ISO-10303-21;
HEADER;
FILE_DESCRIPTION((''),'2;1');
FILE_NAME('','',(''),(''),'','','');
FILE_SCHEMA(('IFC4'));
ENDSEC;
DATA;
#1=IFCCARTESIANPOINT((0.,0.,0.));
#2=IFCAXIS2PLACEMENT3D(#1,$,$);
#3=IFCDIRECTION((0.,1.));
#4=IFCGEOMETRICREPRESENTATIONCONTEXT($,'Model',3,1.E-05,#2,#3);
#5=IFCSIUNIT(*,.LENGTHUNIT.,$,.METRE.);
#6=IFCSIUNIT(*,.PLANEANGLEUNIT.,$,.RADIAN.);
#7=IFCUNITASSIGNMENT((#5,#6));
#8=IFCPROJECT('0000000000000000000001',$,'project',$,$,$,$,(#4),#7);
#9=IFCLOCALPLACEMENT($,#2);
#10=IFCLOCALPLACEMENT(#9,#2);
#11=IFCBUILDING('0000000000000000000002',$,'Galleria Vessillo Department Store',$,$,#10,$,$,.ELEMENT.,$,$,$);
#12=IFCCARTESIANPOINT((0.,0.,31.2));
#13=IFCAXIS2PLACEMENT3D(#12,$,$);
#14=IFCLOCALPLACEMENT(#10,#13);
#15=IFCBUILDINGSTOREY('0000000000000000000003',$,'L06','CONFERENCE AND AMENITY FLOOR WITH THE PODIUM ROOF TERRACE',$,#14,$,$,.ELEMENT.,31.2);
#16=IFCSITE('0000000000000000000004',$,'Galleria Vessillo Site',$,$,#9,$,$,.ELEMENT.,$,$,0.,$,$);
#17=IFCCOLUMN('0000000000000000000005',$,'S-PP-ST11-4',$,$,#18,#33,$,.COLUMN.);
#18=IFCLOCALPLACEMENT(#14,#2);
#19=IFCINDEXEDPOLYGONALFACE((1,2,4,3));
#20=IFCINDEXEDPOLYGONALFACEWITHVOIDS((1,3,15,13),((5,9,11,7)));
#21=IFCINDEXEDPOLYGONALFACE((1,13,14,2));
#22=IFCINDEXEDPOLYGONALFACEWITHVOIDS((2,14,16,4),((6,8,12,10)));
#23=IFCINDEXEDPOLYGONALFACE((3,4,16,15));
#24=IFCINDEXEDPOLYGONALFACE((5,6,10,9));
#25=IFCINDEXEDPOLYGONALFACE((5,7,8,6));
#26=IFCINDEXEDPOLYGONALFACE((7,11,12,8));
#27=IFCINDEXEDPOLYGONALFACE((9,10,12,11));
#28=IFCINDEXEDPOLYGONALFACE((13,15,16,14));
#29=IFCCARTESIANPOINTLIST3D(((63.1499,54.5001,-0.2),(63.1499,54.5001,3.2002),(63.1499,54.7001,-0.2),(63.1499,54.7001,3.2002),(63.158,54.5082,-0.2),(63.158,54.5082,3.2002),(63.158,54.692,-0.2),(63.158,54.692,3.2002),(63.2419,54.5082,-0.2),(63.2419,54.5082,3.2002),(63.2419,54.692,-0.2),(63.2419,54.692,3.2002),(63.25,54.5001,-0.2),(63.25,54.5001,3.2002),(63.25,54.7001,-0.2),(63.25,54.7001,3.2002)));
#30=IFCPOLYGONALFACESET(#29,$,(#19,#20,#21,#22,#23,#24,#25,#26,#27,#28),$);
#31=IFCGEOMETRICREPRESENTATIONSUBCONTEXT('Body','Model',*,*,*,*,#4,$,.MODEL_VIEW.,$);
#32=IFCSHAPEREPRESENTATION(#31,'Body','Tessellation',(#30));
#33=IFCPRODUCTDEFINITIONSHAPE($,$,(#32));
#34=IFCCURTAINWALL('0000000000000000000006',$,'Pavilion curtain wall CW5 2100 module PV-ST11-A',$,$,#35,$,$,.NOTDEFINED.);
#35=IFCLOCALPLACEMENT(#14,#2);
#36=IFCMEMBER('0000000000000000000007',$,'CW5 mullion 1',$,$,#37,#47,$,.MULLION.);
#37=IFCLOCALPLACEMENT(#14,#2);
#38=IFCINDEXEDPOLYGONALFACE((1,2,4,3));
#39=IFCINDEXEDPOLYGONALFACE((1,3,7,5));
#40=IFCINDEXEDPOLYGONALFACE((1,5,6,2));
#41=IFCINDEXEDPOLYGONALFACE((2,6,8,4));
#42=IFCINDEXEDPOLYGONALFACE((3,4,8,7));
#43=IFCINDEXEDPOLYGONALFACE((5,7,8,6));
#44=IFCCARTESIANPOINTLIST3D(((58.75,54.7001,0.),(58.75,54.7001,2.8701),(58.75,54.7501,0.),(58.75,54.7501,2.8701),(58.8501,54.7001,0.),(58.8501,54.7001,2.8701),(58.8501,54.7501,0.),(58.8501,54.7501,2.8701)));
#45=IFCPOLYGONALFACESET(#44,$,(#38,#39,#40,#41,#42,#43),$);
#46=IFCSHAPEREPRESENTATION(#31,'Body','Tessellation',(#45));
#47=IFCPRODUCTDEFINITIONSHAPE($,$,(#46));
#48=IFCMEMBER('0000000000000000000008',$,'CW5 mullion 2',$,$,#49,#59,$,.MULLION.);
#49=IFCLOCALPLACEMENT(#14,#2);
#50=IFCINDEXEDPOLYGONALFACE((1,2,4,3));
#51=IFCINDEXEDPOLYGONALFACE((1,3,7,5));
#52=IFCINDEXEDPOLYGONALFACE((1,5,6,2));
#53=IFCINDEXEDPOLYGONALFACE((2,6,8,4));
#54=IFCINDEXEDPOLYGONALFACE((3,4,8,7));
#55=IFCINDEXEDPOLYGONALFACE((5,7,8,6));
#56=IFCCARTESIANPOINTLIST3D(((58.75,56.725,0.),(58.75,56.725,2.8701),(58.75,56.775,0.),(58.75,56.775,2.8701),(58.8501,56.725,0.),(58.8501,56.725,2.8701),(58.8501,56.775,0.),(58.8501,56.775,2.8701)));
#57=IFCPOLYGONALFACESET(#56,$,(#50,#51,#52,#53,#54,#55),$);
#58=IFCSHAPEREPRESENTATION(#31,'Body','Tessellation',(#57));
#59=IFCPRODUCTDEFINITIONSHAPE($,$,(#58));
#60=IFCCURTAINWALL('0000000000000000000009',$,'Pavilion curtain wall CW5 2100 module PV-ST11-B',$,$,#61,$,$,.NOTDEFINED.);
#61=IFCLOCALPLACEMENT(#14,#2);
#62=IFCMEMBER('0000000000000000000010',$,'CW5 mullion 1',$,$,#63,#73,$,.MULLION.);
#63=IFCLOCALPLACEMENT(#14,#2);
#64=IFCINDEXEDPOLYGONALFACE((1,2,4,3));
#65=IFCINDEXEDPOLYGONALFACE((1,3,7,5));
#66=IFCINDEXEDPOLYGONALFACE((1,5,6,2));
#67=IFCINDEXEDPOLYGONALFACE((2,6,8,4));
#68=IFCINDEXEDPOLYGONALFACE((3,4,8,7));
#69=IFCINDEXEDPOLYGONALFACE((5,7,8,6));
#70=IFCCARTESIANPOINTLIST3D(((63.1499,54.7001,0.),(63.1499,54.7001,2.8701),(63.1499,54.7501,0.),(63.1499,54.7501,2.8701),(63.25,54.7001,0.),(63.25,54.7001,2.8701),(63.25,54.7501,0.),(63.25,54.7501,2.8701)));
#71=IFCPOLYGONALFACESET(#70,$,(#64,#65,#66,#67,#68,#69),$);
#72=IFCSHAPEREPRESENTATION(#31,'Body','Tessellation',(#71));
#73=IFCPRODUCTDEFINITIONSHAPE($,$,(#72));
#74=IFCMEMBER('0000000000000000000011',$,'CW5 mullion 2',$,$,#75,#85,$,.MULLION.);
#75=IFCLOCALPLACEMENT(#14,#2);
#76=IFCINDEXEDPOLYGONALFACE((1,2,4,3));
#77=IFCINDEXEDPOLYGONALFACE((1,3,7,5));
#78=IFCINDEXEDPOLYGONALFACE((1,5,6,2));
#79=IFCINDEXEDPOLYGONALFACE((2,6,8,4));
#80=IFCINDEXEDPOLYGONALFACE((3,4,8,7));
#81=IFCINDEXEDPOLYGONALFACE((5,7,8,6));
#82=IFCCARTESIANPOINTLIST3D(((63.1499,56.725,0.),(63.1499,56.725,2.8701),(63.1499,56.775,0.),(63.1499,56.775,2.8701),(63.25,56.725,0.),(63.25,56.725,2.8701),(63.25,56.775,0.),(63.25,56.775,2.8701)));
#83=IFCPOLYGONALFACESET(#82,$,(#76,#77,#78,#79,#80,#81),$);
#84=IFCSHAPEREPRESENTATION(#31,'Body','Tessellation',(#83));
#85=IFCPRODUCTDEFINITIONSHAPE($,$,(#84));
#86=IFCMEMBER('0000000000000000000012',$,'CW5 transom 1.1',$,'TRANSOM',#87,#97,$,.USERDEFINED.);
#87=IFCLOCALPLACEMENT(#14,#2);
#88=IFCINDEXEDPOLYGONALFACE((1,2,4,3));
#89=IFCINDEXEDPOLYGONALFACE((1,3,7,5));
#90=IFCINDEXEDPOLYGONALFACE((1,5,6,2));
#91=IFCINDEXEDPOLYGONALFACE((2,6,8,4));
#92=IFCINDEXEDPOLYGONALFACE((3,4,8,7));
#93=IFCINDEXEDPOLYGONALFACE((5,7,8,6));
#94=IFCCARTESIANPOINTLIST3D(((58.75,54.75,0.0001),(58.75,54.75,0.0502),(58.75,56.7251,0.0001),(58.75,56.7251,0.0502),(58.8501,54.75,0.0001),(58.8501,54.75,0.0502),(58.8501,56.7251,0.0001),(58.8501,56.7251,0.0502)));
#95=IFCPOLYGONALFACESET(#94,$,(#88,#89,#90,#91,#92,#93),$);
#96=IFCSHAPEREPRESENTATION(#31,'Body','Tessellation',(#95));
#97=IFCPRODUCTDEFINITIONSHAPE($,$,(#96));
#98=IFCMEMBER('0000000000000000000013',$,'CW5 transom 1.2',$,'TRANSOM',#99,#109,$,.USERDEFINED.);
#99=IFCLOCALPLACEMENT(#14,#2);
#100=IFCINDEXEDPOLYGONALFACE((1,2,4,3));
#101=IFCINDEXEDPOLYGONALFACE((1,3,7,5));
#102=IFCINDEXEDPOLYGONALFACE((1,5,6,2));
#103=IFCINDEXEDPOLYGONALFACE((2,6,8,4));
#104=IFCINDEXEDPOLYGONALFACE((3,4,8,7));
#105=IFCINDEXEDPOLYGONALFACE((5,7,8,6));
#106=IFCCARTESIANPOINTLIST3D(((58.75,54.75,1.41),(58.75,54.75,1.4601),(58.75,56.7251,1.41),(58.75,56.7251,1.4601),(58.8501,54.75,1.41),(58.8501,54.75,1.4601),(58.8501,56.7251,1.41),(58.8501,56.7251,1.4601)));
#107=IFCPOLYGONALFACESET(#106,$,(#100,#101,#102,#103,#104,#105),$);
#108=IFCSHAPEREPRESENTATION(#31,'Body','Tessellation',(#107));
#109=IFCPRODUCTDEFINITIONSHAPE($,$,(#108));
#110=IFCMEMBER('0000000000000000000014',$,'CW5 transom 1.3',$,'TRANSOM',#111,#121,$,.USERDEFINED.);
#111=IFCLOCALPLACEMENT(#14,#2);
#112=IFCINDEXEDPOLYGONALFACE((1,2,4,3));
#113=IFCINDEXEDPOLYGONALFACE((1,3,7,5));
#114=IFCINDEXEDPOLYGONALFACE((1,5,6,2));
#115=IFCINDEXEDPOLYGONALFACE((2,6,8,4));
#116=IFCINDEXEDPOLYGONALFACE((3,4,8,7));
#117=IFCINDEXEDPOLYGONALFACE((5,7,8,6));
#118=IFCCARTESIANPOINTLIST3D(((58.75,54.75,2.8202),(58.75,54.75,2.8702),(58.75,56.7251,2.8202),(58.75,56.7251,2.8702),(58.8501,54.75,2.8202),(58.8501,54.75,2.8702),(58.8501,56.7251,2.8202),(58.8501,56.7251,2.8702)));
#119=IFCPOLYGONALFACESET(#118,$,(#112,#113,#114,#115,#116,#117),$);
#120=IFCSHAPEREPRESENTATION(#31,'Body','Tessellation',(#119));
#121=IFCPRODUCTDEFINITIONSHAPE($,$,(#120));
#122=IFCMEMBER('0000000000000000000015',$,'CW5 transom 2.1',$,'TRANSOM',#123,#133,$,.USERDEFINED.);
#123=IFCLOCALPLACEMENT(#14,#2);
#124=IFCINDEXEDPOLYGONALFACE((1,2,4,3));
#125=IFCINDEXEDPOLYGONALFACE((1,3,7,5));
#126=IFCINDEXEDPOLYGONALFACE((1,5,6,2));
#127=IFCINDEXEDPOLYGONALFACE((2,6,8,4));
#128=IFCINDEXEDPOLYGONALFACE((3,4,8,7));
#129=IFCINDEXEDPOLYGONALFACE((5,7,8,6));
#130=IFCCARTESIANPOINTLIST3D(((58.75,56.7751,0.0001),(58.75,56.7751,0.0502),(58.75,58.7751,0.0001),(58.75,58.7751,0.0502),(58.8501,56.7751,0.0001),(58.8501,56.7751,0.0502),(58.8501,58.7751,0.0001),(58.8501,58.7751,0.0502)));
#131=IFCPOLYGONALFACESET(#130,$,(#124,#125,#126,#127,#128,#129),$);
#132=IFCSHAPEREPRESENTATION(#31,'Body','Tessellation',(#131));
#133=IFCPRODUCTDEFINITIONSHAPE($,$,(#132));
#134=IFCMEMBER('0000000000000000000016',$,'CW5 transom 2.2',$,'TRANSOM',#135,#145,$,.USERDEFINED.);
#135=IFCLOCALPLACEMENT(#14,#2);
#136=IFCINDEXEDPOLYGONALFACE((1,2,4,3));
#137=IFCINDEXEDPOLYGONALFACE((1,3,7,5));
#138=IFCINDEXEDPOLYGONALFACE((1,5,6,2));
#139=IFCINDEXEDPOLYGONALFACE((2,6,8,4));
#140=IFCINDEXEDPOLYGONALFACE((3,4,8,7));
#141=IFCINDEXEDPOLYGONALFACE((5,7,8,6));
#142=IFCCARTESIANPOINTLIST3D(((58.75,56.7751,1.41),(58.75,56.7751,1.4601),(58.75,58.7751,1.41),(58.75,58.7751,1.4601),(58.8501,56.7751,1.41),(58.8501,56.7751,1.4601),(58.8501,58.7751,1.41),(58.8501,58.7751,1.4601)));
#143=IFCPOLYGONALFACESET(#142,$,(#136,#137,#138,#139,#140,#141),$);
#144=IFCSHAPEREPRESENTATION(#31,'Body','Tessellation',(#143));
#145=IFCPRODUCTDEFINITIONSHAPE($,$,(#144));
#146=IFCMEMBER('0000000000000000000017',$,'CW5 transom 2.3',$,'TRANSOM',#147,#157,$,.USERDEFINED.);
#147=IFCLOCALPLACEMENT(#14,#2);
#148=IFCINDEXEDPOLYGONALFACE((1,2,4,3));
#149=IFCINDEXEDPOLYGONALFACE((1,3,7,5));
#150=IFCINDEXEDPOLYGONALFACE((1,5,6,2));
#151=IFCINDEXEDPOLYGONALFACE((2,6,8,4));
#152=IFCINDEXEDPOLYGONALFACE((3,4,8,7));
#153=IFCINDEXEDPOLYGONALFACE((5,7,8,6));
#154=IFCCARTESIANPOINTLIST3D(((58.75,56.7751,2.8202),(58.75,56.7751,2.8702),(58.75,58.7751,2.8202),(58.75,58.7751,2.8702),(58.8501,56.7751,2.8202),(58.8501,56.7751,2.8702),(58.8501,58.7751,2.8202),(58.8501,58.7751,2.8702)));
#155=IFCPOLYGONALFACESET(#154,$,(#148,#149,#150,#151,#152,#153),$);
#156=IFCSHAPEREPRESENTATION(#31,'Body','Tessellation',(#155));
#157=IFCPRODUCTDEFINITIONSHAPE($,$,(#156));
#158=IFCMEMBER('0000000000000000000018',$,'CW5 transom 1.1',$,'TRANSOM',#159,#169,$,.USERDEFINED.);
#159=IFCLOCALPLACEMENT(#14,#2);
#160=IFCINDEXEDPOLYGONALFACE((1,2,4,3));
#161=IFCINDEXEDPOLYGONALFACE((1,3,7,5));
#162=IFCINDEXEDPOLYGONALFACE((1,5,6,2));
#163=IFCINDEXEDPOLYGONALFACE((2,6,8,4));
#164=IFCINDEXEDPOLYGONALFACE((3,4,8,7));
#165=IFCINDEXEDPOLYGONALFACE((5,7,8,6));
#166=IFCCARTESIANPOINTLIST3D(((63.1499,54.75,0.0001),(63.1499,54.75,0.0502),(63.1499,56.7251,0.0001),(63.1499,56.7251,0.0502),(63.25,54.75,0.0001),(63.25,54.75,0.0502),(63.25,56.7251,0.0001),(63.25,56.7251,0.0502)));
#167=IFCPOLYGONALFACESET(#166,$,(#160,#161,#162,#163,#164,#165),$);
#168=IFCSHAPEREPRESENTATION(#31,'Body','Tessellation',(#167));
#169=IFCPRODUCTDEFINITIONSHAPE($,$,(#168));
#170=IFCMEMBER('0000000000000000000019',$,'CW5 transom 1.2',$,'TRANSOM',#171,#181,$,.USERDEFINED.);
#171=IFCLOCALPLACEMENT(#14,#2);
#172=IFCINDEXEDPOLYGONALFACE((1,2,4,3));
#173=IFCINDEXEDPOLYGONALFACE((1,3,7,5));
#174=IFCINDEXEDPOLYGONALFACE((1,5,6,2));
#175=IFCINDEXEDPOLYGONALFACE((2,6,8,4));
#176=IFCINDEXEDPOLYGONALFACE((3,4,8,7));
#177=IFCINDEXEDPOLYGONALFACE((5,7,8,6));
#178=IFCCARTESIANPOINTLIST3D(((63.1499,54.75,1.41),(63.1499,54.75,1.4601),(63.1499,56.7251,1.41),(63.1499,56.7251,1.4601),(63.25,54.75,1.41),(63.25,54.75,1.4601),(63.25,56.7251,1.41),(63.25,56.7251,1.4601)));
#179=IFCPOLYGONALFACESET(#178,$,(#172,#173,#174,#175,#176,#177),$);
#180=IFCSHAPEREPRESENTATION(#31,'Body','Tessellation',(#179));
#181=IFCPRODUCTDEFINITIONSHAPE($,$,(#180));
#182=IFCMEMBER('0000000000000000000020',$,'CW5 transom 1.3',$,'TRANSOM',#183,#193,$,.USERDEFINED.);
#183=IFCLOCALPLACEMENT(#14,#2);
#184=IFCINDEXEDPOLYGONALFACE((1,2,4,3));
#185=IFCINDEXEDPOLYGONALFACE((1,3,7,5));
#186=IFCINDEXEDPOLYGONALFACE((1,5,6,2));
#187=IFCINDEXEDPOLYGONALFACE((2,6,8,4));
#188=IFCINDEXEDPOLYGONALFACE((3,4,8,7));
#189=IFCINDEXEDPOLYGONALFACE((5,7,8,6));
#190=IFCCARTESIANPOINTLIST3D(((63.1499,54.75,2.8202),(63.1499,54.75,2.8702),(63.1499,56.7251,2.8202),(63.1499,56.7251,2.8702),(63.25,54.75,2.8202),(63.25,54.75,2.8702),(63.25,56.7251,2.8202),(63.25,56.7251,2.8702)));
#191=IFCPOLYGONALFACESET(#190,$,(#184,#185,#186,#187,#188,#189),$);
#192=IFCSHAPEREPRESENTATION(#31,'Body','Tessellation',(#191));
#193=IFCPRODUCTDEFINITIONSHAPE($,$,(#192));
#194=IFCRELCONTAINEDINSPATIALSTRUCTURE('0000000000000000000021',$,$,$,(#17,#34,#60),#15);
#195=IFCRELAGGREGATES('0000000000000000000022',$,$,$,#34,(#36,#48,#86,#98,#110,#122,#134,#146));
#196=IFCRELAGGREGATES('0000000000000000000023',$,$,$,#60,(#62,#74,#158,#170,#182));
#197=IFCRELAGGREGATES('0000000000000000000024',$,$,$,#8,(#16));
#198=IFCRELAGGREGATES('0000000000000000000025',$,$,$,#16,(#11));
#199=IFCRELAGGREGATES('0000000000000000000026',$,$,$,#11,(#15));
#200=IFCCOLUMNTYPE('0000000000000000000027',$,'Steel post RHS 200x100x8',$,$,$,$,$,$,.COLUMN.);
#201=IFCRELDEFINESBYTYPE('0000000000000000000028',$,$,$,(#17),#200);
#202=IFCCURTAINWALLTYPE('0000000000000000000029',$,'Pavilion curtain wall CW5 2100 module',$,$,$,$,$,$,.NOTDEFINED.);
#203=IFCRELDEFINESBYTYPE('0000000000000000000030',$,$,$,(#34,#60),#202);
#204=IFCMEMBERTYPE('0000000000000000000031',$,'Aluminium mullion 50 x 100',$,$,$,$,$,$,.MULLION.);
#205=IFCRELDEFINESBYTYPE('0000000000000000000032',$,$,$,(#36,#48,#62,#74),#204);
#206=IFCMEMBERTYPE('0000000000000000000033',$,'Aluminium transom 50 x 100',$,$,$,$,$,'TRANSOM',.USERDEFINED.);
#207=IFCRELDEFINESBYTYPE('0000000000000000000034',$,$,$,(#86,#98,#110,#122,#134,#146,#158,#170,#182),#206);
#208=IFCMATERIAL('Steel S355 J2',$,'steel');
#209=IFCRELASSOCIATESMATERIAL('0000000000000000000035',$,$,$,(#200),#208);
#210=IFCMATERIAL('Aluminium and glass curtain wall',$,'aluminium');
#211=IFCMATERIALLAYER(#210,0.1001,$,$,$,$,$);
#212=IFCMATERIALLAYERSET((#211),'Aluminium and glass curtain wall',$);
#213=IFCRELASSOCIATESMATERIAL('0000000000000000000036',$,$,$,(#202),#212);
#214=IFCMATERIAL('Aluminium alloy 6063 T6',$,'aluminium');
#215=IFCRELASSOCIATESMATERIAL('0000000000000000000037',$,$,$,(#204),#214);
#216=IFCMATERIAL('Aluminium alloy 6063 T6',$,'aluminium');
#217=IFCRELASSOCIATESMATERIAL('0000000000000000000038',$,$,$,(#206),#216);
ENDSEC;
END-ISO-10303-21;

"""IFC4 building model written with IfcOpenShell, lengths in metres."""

from ifc_helpers import new_model, si_unit, direction, frame, origin, origin_2d, place, context, subcontext, project, spatial, rectangle, hollow_rectangle, extrude, material, layer, layer_set, material_profile, profile_set, type_object, element, aggregate, save


model = new_model("IFC4")

# Units and contexts
model_context = context("Model", 3, precision=1e-05, world=origin(), true_north=direction((0.0, 1.0)))
body_context = subcontext(model_context, "Body", "Model", "MODEL_VIEW")
ifc_project = project(units=[si_unit("LENGTHUNIT", "METRE"), si_unit("PLANEANGLEUNIT", "RADIAN")], contexts=[model_context])

# Site, building, storey
site_placement = place(None, origin())
site = spatial("IfcSite", under=ifc_project, at=site_placement, Name="Galleria Vessillo Site", CompositionType="ELEMENT", RefElevation=0.0)
building_placement = place(site_placement, origin())
building = spatial("IfcBuilding", under=site, at=building_placement, Name="Galleria Vessillo Department Store", CompositionType="ELEMENT")
storey_placement = place(building_placement, frame((0.0, 0.0, 31.2)))
storey = spatial("IfcBuildingStorey", under=building, at=storey_placement, Name="L06", Description="CONFERENCE AND AMENITY FLOOR WITH THE PODIUM ROOF TERRACE", CompositionType="ELEMENT", Elevation=31.2)

# Column
ifc_material_1 = material(Name="Steel S355 J2", Category="steel")
ifc_material_profile_1 = material_profile(ifc_material_1, hollow_rectangle(XDim=0.1001, YDim=0.2, WallThickness=0.0081, at=origin_2d()), Name="RHS 200x100x8")
ifc_profile_set_1 = profile_set([ifc_material_profile_1], Name="Steel S355 J2")
column_type = type_object("IfcColumnType", Name="Steel post RHS 200x100x8", PredefinedType="COLUMN", material=ifc_profile_set_1)
column_placement = place(storey_placement, frame((63.2, 54.6001, -0.2), z_axis=(0.0, 0.0, 1.0), x_axis=(1.0, 0.0, 0.0)))
element("IfcColumn", 1, at=column_placement, inside=storey, type_object=column_type, Name="S-PP-ST11-4", PredefinedType="COLUMN", context=body_context, shape_type="SweptSolid", body=[
    extrude(hollow_rectangle(XDim=0.1001, YDim=0.2, WallThickness=0.0081, at=origin_2d()), origin(), (0.0, 0.0, 1.0), 3.4001),
])

# Curtain walls, members
ifc_material_2 = material(Name="Aluminium and glass curtain wall", Category="aluminium")
ifc_layer_1 = layer(ifc_material_2, 0.1001)
ifc_layer_set_1 = layer_set([ifc_layer_1], Name="Aluminium and glass curtain wall")
curtain_wall_type = type_object("IfcCurtainWallType", Name="Pavilion curtain wall CW5 2100 module", PredefinedType="NOTDEFINED", material=ifc_layer_set_1)
curtain_wall_1_placement = place(storey_placement, origin())
curtain_wall_1 = element("IfcCurtainWall", 2, at=curtain_wall_1_placement, inside=storey, type_object=curtain_wall_type, Name="Pavilion curtain wall CW5 2100 module PV-ST11-A", PredefinedType="NOTDEFINED")
ifc_material_3 = material(Name="Aluminium alloy 6063 T6", Category="aluminium")
ifc_material_profile_2 = material_profile(ifc_material_3, rectangle(XDim=0.1001, YDim=0.05, at=origin_2d()), Name="AL 50x100")
ifc_profile_set_2 = profile_set([ifc_material_profile_2], Name="Aluminium alloy 6063 T6")
member_type_1 = type_object("IfcMemberType", Name="Aluminium mullion 50 x 100", PredefinedType="MULLION", material=ifc_profile_set_2)
member_1_placement = place(storey_placement, frame((58.8, 54.7251, 0.0), z_axis=(0.0, 0.0, 1.0), x_axis=(-1.0, 0.0, 0.0)))
member_1 = element("IfcMember", 3, at=member_1_placement, type_object=member_type_1, Name="CW5 mullion 1", PredefinedType="MULLION", context=body_context, shape_type="SweptSolid", body=[
    extrude(rectangle(XDim=0.1001, YDim=0.05, at=origin_2d()), origin(), (0.0, 0.0, 1.0), 2.8701),
])
member_2_placement = place(storey_placement, frame((58.8, 56.75, 0.0), z_axis=(0.0, 0.0, 1.0), x_axis=(-1.0, 0.0, 0.0)))
member_2 = element("IfcMember", 4, at=member_2_placement, type_object=member_type_1, Name="CW5 mullion 2", PredefinedType="MULLION", context=body_context, shape_type="SweptSolid", body=[
    extrude(rectangle(XDim=0.1001, YDim=0.05, at=origin_2d()), origin(), (0.0, 0.0, 1.0), 2.8701),
])
curtain_wall_2_placement = place(storey_placement, origin())
curtain_wall_2 = element("IfcCurtainWall", 5, at=curtain_wall_2_placement, inside=storey, type_object=curtain_wall_type, Name="Pavilion curtain wall CW5 2100 module PV-ST11-B", PredefinedType="NOTDEFINED")
member_3_placement = place(storey_placement, frame((63.2, 54.7251, 0.0), z_axis=(0.0, 0.0, 1.0), x_axis=(-1.0, 0.0, 0.0)))
member_3 = element("IfcMember", 6, at=member_3_placement, type_object=member_type_1, Name="CW5 mullion 1", PredefinedType="MULLION", context=body_context, shape_type="SweptSolid", body=[
    extrude(rectangle(XDim=0.1001, YDim=0.05, at=origin_2d()), origin(), (0.0, 0.0, 1.0), 2.8701),
])
member_4_placement = place(storey_placement, frame((63.2, 56.75, 0.0), z_axis=(0.0, 0.0, 1.0), x_axis=(-1.0, 0.0, 0.0)))
member_4 = element("IfcMember", 7, at=member_4_placement, type_object=member_type_1, Name="CW5 mullion 2", PredefinedType="MULLION", context=body_context, shape_type="SweptSolid", body=[
    extrude(rectangle(XDim=0.1001, YDim=0.05, at=origin_2d()), origin(), (0.0, 0.0, 1.0), 2.8701),
])

# Members
ifc_material_4 = material(Name="Aluminium alloy 6063 T6", Category="aluminium")
ifc_material_profile_3 = material_profile(ifc_material_4, rectangle(XDim=0.1001, YDim=0.05, at=origin_2d()), Name="AL 50x100")
ifc_profile_set_3 = profile_set([ifc_material_profile_3], Name="Aluminium alloy 6063 T6")
member_type_2 = type_object("IfcMemberType", Name="Aluminium transom 50 x 100", ElementType="TRANSOM", PredefinedType="USERDEFINED", material=ifc_profile_set_3)
member_5_placement = place(storey_placement, frame((58.8, 54.75, 0.0251), z_axis=(0.0, 1.0, 0.0), x_axis=(-1.0, 0.0, 0.0)))
member_5 = element("IfcMember", 8, at=member_5_placement, type_object=member_type_2, Name="CW5 transom 1.1", ObjectType="TRANSOM", PredefinedType="USERDEFINED", context=body_context, shape_type="SweptSolid", body=[
    extrude(rectangle(XDim=0.1001, YDim=0.05, at=origin_2d()), origin(), (0.0, 0.0, 1.0), 1.9751),
])
member_6_placement = place(storey_placement, frame((58.8, 54.75, 1.4351), z_axis=(0.0, 1.0, 0.0), x_axis=(-1.0, 0.0, 0.0)))
member_6 = element("IfcMember", 9, at=member_6_placement, type_object=member_type_2, Name="CW5 transom 1.2", ObjectType="TRANSOM", PredefinedType="USERDEFINED", context=body_context, shape_type="SweptSolid", body=[
    extrude(rectangle(XDim=0.1001, YDim=0.05, at=origin_2d()), origin(), (0.0, 0.0, 1.0), 1.9751),
])
member_7_placement = place(storey_placement, frame((58.8, 54.75, 2.8452), z_axis=(0.0, 1.0, 0.0), x_axis=(-1.0, 0.0, 0.0)))
member_7 = element("IfcMember", 10, at=member_7_placement, type_object=member_type_2, Name="CW5 transom 1.3", ObjectType="TRANSOM", PredefinedType="USERDEFINED", context=body_context, shape_type="SweptSolid", body=[
    extrude(rectangle(XDim=0.1001, YDim=0.05, at=origin_2d()), origin(), (0.0, 0.0, 1.0), 1.9751),
])
member_8_placement = place(storey_placement, frame((58.8, 56.7751, 0.0251), z_axis=(0.0, 1.0, 0.0), x_axis=(-1.0, 0.0, 0.0)))
member_8 = element("IfcMember", 11, at=member_8_placement, type_object=member_type_2, Name="CW5 transom 2.1", ObjectType="TRANSOM", PredefinedType="USERDEFINED", context=body_context, shape_type="SweptSolid", body=[
    extrude(rectangle(XDim=0.1001, YDim=0.05, at=origin_2d()), origin(), (0.0, 0.0, 1.0), 2.0),
])
member_9_placement = place(storey_placement, frame((58.8, 56.7751, 1.4351), z_axis=(0.0, 1.0, 0.0), x_axis=(-1.0, 0.0, 0.0)))
member_9 = element("IfcMember", 12, at=member_9_placement, type_object=member_type_2, Name="CW5 transom 2.2", ObjectType="TRANSOM", PredefinedType="USERDEFINED", context=body_context, shape_type="SweptSolid", body=[
    extrude(rectangle(XDim=0.1001, YDim=0.05, at=origin_2d()), origin(), (0.0, 0.0, 1.0), 2.0),
])
member_10_placement = place(storey_placement, frame((58.8, 56.7751, 2.8452), z_axis=(0.0, 1.0, 0.0), x_axis=(-1.0, 0.0, 0.0)))
member_10 = element("IfcMember", 13, at=member_10_placement, type_object=member_type_2, Name="CW5 transom 2.3", ObjectType="TRANSOM", PredefinedType="USERDEFINED", context=body_context, shape_type="SweptSolid", body=[
    extrude(rectangle(XDim=0.1001, YDim=0.05, at=origin_2d()), origin(), (0.0, 0.0, 1.0), 2.0),
])
member_11_placement = place(storey_placement, frame((63.2, 54.75, 0.0251), z_axis=(0.0, 1.0, 0.0), x_axis=(-1.0, 0.0, 0.0)))
member_11 = element("IfcMember", 14, at=member_11_placement, type_object=member_type_2, Name="CW5 transom 1.1", ObjectType="TRANSOM", PredefinedType="USERDEFINED", context=body_context, shape_type="SweptSolid", body=[
    extrude(rectangle(XDim=0.1001, YDim=0.05, at=origin_2d()), origin(), (0.0, 0.0, 1.0), 1.9751),
])
member_12_placement = place(storey_placement, frame((63.2, 54.75, 1.4351), z_axis=(0.0, 1.0, 0.0), x_axis=(-1.0, 0.0, 0.0)))
member_12 = element("IfcMember", 15, at=member_12_placement, type_object=member_type_2, Name="CW5 transom 1.2", ObjectType="TRANSOM", PredefinedType="USERDEFINED", context=body_context, shape_type="SweptSolid", body=[
    extrude(rectangle(XDim=0.1001, YDim=0.05, at=origin_2d()), origin(), (0.0, 0.0, 1.0), 1.9751),
])
member_13_placement = place(storey_placement, frame((63.2, 54.75, 2.8452), z_axis=(0.0, 1.0, 0.0), x_axis=(-1.0, 0.0, 0.0)))
member_13 = element("IfcMember", 16, at=member_13_placement, type_object=member_type_2, Name="CW5 transom 1.3", ObjectType="TRANSOM", PredefinedType="USERDEFINED", context=body_context, shape_type="SweptSolid", body=[
    extrude(rectangle(XDim=0.1001, YDim=0.05, at=origin_2d()), origin(), (0.0, 0.0, 1.0), 1.9751),
])

aggregate(curtain_wall_1, [member_1, member_2, member_5, member_6, member_7, member_8, member_9, member_10])
aggregate(curtain_wall_2, [member_3, member_4, member_11, member_12, member_13])

save(model, "model.ifc")
